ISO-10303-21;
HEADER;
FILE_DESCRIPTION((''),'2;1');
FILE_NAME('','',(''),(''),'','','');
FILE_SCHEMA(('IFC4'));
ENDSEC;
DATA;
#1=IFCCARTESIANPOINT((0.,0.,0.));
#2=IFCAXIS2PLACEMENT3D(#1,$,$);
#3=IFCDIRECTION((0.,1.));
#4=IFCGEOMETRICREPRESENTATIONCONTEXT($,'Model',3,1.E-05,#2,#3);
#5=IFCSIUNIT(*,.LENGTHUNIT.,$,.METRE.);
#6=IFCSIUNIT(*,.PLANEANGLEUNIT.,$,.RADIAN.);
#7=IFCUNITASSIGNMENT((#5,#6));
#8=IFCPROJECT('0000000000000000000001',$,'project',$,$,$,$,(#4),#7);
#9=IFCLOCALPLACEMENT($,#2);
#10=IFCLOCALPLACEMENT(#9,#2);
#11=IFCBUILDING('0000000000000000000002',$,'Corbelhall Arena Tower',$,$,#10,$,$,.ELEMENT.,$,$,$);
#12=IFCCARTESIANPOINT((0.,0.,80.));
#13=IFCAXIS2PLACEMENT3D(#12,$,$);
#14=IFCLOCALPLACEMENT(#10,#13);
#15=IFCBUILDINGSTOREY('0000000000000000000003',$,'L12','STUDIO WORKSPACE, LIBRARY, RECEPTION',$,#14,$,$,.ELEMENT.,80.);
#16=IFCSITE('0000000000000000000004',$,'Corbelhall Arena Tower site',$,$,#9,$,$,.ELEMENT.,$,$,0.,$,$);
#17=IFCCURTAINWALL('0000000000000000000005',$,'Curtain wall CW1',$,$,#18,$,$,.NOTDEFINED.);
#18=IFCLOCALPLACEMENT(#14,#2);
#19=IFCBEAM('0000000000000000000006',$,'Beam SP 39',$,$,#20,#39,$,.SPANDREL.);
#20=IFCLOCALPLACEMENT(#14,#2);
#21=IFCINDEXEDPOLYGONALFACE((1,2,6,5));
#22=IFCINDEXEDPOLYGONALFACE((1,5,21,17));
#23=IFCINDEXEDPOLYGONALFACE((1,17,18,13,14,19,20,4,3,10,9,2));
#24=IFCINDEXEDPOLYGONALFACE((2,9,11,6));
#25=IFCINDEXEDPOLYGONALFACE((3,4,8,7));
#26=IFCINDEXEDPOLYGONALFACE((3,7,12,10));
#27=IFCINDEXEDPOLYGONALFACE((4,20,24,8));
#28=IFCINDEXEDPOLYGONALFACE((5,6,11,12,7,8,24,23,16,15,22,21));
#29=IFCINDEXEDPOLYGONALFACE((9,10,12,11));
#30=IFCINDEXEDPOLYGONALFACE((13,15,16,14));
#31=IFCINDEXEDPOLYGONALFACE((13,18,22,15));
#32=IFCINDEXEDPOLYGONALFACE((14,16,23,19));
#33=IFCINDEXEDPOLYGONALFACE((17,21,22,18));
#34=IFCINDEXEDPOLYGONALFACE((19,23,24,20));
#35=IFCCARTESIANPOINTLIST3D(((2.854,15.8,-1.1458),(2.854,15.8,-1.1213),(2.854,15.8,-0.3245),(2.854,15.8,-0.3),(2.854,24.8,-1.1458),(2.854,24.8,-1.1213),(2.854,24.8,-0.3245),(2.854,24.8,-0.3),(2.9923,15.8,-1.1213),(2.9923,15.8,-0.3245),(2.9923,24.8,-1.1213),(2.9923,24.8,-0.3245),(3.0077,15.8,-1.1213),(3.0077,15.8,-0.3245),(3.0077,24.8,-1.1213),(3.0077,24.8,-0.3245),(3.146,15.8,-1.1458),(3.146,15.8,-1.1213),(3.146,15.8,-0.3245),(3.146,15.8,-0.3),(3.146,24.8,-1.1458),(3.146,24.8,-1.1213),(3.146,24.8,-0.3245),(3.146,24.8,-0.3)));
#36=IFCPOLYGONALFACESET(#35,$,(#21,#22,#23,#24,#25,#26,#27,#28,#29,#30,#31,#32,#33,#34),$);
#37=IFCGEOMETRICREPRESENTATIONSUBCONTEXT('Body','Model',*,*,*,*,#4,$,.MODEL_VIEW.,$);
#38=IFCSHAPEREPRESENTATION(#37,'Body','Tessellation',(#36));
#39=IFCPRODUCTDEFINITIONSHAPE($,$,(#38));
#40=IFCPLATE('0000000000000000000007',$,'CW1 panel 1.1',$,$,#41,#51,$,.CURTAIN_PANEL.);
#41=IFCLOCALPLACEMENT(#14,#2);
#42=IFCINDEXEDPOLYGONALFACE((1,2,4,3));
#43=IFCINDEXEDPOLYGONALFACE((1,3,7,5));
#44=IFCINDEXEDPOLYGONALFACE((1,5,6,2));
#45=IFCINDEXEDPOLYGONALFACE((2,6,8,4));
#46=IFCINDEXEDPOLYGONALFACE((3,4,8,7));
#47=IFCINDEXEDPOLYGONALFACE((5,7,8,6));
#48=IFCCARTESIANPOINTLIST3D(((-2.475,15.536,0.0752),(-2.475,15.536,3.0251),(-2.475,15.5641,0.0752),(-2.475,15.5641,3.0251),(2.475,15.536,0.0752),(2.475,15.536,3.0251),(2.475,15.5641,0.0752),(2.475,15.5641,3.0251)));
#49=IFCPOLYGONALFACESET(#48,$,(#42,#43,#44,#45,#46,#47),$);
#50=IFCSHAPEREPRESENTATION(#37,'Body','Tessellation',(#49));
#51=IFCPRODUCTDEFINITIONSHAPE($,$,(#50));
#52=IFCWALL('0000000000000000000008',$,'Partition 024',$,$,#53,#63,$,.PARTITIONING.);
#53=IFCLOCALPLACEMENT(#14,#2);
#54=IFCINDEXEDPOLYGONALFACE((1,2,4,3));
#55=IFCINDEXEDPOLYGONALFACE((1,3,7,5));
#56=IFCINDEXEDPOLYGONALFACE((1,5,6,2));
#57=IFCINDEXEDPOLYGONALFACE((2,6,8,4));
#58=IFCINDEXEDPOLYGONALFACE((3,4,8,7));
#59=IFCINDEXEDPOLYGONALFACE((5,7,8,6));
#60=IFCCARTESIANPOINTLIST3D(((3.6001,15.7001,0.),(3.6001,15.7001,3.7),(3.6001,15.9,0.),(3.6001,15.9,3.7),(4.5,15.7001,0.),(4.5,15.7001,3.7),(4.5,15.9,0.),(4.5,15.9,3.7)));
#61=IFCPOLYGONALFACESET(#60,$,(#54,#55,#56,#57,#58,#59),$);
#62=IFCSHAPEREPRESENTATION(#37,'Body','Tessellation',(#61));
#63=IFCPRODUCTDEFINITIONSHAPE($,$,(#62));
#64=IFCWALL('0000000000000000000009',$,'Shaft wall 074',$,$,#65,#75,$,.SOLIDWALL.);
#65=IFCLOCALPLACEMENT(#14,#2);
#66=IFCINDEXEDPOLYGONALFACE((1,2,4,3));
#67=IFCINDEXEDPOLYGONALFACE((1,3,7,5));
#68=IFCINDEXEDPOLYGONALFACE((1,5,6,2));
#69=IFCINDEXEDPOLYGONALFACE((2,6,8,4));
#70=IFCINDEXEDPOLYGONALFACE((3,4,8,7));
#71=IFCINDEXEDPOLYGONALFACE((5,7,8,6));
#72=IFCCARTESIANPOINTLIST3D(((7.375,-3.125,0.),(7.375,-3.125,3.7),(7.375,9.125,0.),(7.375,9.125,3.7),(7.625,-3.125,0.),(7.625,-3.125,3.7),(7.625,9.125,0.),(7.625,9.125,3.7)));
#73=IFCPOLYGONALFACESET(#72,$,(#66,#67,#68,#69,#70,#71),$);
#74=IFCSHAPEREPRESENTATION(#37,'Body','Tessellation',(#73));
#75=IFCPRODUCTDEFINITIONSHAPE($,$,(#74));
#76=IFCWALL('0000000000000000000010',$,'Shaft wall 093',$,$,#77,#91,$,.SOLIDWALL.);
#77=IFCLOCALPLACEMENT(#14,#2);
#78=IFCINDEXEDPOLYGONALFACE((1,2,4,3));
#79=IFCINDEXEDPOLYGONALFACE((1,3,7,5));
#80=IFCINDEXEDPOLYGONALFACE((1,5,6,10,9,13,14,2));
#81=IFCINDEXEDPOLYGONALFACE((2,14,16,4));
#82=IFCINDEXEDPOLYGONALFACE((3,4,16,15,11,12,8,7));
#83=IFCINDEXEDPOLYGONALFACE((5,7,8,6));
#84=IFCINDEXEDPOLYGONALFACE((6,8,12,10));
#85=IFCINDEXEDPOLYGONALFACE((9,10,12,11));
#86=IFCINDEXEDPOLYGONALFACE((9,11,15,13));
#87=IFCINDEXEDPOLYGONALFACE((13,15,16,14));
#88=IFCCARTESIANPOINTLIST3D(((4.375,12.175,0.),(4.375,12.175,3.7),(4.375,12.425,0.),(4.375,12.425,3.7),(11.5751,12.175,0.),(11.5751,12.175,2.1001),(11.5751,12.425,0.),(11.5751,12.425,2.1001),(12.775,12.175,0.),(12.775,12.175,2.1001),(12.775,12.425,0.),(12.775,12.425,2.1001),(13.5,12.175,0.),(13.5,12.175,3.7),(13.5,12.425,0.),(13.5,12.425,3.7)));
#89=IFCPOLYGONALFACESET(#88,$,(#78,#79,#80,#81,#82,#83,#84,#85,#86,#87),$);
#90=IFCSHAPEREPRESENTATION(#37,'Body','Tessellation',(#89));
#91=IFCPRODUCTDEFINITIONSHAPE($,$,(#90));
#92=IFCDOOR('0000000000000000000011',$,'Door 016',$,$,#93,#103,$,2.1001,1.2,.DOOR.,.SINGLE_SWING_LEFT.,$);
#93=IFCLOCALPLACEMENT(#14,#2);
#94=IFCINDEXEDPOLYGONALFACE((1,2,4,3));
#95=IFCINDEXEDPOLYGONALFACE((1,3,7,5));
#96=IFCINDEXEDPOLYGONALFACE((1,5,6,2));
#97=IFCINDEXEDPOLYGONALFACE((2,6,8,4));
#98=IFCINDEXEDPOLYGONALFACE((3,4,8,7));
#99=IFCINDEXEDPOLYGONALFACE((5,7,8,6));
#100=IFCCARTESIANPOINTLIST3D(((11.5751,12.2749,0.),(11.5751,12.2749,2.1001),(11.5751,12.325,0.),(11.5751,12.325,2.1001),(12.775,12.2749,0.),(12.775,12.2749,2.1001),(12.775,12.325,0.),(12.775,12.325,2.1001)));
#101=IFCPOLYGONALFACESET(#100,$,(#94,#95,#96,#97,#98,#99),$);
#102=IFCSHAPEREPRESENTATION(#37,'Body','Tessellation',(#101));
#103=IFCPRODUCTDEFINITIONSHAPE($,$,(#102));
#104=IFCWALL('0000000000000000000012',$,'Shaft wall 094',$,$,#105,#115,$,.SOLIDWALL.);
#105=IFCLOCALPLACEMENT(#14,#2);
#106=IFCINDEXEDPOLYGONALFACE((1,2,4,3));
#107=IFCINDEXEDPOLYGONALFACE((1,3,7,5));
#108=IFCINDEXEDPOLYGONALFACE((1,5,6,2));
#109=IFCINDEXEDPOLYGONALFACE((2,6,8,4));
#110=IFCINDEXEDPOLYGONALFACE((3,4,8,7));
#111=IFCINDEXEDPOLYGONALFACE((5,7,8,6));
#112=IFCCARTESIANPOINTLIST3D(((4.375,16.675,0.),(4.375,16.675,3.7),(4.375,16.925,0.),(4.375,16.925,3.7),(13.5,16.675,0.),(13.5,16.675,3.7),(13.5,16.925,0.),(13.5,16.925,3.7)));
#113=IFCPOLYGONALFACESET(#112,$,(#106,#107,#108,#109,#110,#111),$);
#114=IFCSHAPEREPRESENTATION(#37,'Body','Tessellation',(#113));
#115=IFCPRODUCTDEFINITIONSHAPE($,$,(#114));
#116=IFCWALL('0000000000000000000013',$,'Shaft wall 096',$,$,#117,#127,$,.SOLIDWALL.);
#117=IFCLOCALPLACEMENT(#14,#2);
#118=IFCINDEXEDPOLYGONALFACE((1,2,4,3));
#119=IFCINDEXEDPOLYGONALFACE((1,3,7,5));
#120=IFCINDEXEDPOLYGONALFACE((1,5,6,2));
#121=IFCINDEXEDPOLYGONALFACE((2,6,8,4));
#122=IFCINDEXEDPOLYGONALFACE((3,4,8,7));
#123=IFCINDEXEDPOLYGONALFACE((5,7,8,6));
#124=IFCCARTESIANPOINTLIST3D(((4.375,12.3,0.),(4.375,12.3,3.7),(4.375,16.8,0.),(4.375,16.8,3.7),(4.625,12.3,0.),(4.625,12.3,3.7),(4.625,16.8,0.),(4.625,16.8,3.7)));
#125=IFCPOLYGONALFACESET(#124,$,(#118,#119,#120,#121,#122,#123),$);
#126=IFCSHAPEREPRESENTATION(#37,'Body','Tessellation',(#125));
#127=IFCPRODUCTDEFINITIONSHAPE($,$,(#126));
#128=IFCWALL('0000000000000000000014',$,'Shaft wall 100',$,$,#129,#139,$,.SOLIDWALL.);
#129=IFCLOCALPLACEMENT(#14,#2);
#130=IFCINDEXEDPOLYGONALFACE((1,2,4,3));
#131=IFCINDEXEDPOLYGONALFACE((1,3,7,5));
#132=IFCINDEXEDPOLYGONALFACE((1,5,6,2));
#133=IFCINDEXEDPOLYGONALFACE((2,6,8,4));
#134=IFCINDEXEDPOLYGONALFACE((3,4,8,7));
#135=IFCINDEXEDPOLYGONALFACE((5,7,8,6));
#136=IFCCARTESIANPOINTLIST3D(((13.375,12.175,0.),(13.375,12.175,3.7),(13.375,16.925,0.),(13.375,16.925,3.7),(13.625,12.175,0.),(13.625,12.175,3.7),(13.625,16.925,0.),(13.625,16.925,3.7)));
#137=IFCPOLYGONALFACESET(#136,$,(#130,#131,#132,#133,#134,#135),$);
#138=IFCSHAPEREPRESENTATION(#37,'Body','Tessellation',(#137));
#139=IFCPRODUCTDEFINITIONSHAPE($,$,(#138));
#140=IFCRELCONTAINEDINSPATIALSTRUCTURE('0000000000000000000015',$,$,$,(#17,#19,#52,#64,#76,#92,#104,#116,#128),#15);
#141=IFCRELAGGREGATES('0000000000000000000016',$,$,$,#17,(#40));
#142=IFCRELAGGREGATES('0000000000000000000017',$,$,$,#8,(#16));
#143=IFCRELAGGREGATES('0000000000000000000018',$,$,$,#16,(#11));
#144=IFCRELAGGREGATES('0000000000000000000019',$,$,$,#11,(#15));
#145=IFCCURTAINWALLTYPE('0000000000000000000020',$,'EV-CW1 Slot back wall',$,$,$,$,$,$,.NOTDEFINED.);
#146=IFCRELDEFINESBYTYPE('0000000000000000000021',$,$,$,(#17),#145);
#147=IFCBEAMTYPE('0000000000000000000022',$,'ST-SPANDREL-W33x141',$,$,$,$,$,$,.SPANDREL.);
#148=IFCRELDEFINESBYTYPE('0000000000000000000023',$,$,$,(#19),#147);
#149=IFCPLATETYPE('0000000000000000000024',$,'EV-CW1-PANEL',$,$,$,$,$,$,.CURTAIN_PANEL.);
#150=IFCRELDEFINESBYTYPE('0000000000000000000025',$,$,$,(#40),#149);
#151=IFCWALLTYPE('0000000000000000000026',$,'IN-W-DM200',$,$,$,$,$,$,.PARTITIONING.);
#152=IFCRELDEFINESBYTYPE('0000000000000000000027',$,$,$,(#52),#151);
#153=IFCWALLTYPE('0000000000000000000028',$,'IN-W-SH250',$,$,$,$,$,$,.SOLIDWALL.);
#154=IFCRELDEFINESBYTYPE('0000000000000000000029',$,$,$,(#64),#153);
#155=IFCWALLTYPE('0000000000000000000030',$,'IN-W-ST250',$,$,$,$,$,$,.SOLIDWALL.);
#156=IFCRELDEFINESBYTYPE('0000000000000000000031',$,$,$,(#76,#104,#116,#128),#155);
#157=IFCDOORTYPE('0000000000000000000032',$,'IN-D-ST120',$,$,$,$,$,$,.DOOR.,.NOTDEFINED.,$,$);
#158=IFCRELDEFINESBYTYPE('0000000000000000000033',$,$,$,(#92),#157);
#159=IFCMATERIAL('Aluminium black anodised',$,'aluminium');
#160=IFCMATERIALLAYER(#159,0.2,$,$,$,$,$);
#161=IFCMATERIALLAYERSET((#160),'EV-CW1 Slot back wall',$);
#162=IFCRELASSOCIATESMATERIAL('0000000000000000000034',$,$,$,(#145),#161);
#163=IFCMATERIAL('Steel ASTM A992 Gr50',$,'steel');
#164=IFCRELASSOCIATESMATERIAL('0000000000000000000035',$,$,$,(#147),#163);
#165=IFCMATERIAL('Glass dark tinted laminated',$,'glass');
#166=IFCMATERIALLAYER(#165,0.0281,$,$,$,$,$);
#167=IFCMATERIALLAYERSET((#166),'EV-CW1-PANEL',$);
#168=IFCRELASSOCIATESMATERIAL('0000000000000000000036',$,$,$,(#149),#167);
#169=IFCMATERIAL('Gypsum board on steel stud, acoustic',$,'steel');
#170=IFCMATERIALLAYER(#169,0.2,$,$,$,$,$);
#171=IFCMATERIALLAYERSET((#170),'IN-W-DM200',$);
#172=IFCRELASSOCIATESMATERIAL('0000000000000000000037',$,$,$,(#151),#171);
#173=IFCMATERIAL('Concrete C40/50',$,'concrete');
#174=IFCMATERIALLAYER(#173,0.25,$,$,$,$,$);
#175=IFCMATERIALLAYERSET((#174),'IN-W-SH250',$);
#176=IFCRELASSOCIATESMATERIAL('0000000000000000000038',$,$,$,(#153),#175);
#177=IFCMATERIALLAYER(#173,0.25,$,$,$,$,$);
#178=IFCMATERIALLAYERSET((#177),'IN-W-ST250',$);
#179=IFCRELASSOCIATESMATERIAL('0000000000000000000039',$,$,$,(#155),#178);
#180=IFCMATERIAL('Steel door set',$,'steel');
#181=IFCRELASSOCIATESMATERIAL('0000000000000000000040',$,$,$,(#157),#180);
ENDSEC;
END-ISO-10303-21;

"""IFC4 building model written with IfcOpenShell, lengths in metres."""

from ifc_helpers import new_model, si_unit, direction, frame, frame_2d, origin, origin_2d, place, context, subcontext, project, spatial, rectangle, i_section, extrude, material, layer, layer_set, material_profile, profile_set, type_object, element, fill, aggregate, save


model = new_model("IFC4")

# Units and contexts
model_context = context("Model", 3, precision=1e-05, world=origin(), true_north=direction((0.0, 1.0)))
body_context = subcontext(model_context, "Body", "Model", "MODEL_VIEW")
ifc_project = project(units=[si_unit("LENGTHUNIT", "METRE"), si_unit("PLANEANGLEUNIT", "RADIAN")], contexts=[model_context])

# Site, building, storey
site_placement = place(None, origin())
site = spatial("IfcSite", under=ifc_project, at=site_placement, Name="Corbelhall Arena Tower site", CompositionType="ELEMENT", RefElevation=0.0)
building_placement = place(site_placement, origin())
building = spatial("IfcBuilding", under=site, at=building_placement, Name="Corbelhall Arena Tower", CompositionType="ELEMENT")
storey_placement = place(building_placement, frame((0.0, 0.0, 80.0)))
storey = spatial("IfcBuildingStorey", under=building, at=storey_placement, Name="L12", Description="STUDIO WORKSPACE, LIBRARY, RECEPTION", CompositionType="ELEMENT", Elevation=80.0)

# Curtain wall
ifc_material_1 = material(Name="Aluminium black anodised", Category="aluminium")
ifc_layer_1 = layer(ifc_material_1, 0.2)
ifc_layer_set_1 = layer_set([ifc_layer_1], Name="EV-CW1 Slot back wall")
curtain_wall_type = type_object("IfcCurtainWallType", Name="EV-CW1 Slot back wall", PredefinedType="NOTDEFINED", material=ifc_layer_set_1)
curtain_wall_placement = place(storey_placement, origin())
curtain_wall = element("IfcCurtainWall", 1, at=curtain_wall_placement, inside=storey, type_object=curtain_wall_type, Name="Curtain wall CW1", PredefinedType="NOTDEFINED")

# Beam
ifc_material_2 = material(Name="Steel ASTM A992 Gr50", Category="steel")
ifc_material_profile_1 = material_profile(ifc_material_2, i_section(OverallWidth=0.292, OverallDepth=0.8457, WebThickness=0.0154, FlangeThickness=0.0244, at=origin_2d()))
ifc_profile_set_1 = profile_set([ifc_material_profile_1], Name="Steel ASTM A992 Gr50")
beam_type_1 = type_object("IfcBeamType", Name="ST-SPANDREL-W33x141", PredefinedType="SPANDREL", material=ifc_profile_set_1)
beam_1_placement = place(storey_placement, frame((3.0, 15.8, -0.7229), z_axis=(0.0, 1.0, 0.0), x_axis=(-1.0, 0.0, 0.0)))
element("IfcBeam", 2, at=beam_1_placement, inside=storey, type_object=beam_type_1, Name="Beam SP 39", PredefinedType="SPANDREL", context=body_context, shape_type="SweptSolid", body=[
    extrude(i_section(OverallWidth=0.292, OverallDepth=0.8457, WebThickness=0.0154, FlangeThickness=0.0244, at=origin_2d()), origin(), (0.0, 0.0, 1.0), 9.0),
])

# Plate
ifc_material_3 = material(Name="Glass dark tinted laminated", Category="glass")
ifc_layer_2 = layer(ifc_material_3, 0.0281)
ifc_layer_set_2 = layer_set([ifc_layer_2], Name="EV-CW1-PANEL")
plate_type = type_object("IfcPlateType", Name="EV-CW1-PANEL", PredefinedType="CURTAIN_PANEL", material=ifc_layer_set_2)
plate_placement = place(storey_placement, frame((0.0, 15.55, 0.0752), z_axis=(0.0, 0.0, 1.0), x_axis=(-1.0, 0.0, 0.0)))
plate = element("IfcPlate", 3, at=plate_placement, type_object=plate_type, Name="CW1 panel 1.1", PredefinedType="CURTAIN_PANEL", context=body_context, shape_type="SweptSolid", body=[
    extrude(rectangle(XDim=4.95, YDim=0.0281, at=origin_2d()), origin(), (0.0, 0.0, 1.0), 2.95),
])
aggregate(curtain_wall, [plate])

# Wall
ifc_material_4 = material(Name="Gypsum board on steel stud, acoustic", Category="steel")
ifc_layer_3 = layer(ifc_material_4, 0.2)
ifc_layer_set_3 = layer_set([ifc_layer_3], Name="IN-W-DM200")
wall_type_1 = type_object("IfcWallType", Name="IN-W-DM200", PredefinedType="PARTITIONING", material=ifc_layer_set_3)
wall_1_placement = place(storey_placement, frame((3.6001, 15.8, 0.0), z_axis=(0.0, 0.0, 1.0), x_axis=(1.0, 0.0, 0.0)))
element("IfcWall", 4, at=wall_1_placement, inside=storey, type_object=wall_type_1, Name="Partition 024", PredefinedType="PARTITIONING", context=body_context, shape_type="SweptSolid", body=[
    extrude(rectangle(XDim=0.8999, YDim=0.2, at=frame_2d((0.45, 0.0))), origin(), (0.0, 0.0, 1.0), 3.7),
])

# Shared definitions
ifc_material_5 = material(Name="Steel door set", Category="steel")

# Wall
ifc_material_6 = material(Name="Concrete C40/50", Category="concrete")
ifc_layer_4 = layer(ifc_material_6, 0.25)
ifc_layer_set_4 = layer_set([ifc_layer_4], Name="IN-W-SH250")
wall_type_2 = type_object("IfcWallType", Name="IN-W-SH250", PredefinedType="SOLIDWALL", material=ifc_layer_set_4)
wall_2_placement = place(storey_placement, frame((7.5, 9.125, 0.0), z_axis=(0.0, 0.0, 1.0), x_axis=(0.0, -1.0, 0.0)))
element("IfcWall", 5, at=wall_2_placement, inside=storey, type_object=wall_type_2, Name="Shaft wall 074", PredefinedType="SOLIDWALL", context=body_context, shape_type="SweptSolid", body=[
    extrude(rectangle(XDim=12.25, YDim=0.25, at=frame_2d((6.125, 0.0))), origin(), (0.0, 0.0, 1.0), 3.7),
])

# Wall, opening, door
ifc_layer_5 = layer(ifc_material_6, 0.25)
ifc_layer_set_5 = layer_set([ifc_layer_5], Name="IN-W-ST250")
wall_type_3 = type_object("IfcWallType", Name="IN-W-ST250", PredefinedType="SOLIDWALL", material=ifc_layer_set_5)
wall_3_placement = place(storey_placement, frame((4.375, 12.3, 0.0), z_axis=(0.0, 0.0, 1.0), x_axis=(1.0, 0.0, 0.0)))
wall_3 = element("IfcWall", 6, at=wall_3_placement, inside=storey, type_object=wall_type_3, Name="Shaft wall 093", PredefinedType="SOLIDWALL", context=body_context, shape_type="SweptSolid", body=[
    extrude(rectangle(XDim=9.125, YDim=0.25, at=frame_2d((4.5625, 0.0))), origin(), (0.0, 0.0, 1.0), 3.7),
])
opening_1_placement = place(wall_3_placement, frame((7.2, 0.0, 0.0)))
opening_1 = element("IfcOpeningElement", 7, at=opening_1_placement, cuts=wall_3, PredefinedType="OPENING", context=body_context, shape_type="SweptSolid", body=[
    extrude(rectangle(XDim=1.2, YDim=2.1001, at=frame_2d((0.6001, 1.05))), frame((0.0, 0.125, 0.0), z_axis=(0.0, -1.0, 0.0), x_axis=(1.0, 0.0, 0.0)), (0.0, 0.0, 1.0), 0.25),
])
door_type_1 = type_object("IfcDoorType", Name="IN-D-ST120", OperationType="NOTDEFINED", PredefinedType="DOOR", material=ifc_material_5)
door_1_placement = place(opening_1_placement, origin())
door_1 = element("IfcDoor", 8, at=door_1_placement, inside=storey, type_object=door_type_1, Name="Door 016", OperationType="SINGLE_SWING_LEFT", OverallHeight=2.1001, OverallWidth=1.2, PredefinedType="DOOR", context=body_context, shape_type="SweptSolid", body=[
    extrude(rectangle(XDim=1.2, YDim=2.1001, at=frame_2d((0.6001, 1.05))), frame((0.0, 0.0249, 0.0), z_axis=(0.0, -1.0, 0.0), x_axis=(1.0, 0.0, 0.0)), (0.0, 0.0, 1.0), 0.05),
])
fill(opening_1, door_1)

# Walls
wall_4_placement = place(storey_placement, frame((4.375, 16.8, 0.0), z_axis=(0.0, 0.0, 1.0), x_axis=(1.0, 0.0, 0.0)))
element("IfcWall", 9, at=wall_4_placement, inside=storey, type_object=wall_type_3, Name="Shaft wall 094", PredefinedType="SOLIDWALL", context=body_context, shape_type="SweptSolid", body=[
    extrude(rectangle(XDim=9.125, YDim=0.25, at=frame_2d((4.5625, 0.0))), origin(), (0.0, 0.0, 1.0), 3.7),
])
wall_5_placement = place(storey_placement, frame((4.5, 12.3, 0.0), z_axis=(0.0, 0.0, 1.0), x_axis=(0.0, 1.0, 0.0)))
element("IfcWall", 10, at=wall_5_placement, inside=storey, type_object=wall_type_3, Name="Shaft wall 096", PredefinedType="SOLIDWALL", context=body_context, shape_type="SweptSolid", body=[
    extrude(rectangle(XDim=4.5, YDim=0.25, at=frame_2d((2.25, 0.0))), origin(), (0.0, 0.0, 1.0), 3.7),
])
wall_6_placement = place(storey_placement, frame((13.5, 12.175, 0.0), z_axis=(0.0, 0.0, 1.0), x_axis=(0.0, 1.0, 0.0)))
element("IfcWall", 11, at=wall_6_placement, inside=storey, type_object=wall_type_3, Name="Shaft wall 100", PredefinedType="SOLIDWALL", context=body_context, shape_type="SweptSolid", body=[
    extrude(rectangle(XDim=4.75, YDim=0.25, at=frame_2d((2.375, 0.0))), origin(), (0.0, 0.0, 1.0), 3.7),
])

save(model, "model.ifc")
